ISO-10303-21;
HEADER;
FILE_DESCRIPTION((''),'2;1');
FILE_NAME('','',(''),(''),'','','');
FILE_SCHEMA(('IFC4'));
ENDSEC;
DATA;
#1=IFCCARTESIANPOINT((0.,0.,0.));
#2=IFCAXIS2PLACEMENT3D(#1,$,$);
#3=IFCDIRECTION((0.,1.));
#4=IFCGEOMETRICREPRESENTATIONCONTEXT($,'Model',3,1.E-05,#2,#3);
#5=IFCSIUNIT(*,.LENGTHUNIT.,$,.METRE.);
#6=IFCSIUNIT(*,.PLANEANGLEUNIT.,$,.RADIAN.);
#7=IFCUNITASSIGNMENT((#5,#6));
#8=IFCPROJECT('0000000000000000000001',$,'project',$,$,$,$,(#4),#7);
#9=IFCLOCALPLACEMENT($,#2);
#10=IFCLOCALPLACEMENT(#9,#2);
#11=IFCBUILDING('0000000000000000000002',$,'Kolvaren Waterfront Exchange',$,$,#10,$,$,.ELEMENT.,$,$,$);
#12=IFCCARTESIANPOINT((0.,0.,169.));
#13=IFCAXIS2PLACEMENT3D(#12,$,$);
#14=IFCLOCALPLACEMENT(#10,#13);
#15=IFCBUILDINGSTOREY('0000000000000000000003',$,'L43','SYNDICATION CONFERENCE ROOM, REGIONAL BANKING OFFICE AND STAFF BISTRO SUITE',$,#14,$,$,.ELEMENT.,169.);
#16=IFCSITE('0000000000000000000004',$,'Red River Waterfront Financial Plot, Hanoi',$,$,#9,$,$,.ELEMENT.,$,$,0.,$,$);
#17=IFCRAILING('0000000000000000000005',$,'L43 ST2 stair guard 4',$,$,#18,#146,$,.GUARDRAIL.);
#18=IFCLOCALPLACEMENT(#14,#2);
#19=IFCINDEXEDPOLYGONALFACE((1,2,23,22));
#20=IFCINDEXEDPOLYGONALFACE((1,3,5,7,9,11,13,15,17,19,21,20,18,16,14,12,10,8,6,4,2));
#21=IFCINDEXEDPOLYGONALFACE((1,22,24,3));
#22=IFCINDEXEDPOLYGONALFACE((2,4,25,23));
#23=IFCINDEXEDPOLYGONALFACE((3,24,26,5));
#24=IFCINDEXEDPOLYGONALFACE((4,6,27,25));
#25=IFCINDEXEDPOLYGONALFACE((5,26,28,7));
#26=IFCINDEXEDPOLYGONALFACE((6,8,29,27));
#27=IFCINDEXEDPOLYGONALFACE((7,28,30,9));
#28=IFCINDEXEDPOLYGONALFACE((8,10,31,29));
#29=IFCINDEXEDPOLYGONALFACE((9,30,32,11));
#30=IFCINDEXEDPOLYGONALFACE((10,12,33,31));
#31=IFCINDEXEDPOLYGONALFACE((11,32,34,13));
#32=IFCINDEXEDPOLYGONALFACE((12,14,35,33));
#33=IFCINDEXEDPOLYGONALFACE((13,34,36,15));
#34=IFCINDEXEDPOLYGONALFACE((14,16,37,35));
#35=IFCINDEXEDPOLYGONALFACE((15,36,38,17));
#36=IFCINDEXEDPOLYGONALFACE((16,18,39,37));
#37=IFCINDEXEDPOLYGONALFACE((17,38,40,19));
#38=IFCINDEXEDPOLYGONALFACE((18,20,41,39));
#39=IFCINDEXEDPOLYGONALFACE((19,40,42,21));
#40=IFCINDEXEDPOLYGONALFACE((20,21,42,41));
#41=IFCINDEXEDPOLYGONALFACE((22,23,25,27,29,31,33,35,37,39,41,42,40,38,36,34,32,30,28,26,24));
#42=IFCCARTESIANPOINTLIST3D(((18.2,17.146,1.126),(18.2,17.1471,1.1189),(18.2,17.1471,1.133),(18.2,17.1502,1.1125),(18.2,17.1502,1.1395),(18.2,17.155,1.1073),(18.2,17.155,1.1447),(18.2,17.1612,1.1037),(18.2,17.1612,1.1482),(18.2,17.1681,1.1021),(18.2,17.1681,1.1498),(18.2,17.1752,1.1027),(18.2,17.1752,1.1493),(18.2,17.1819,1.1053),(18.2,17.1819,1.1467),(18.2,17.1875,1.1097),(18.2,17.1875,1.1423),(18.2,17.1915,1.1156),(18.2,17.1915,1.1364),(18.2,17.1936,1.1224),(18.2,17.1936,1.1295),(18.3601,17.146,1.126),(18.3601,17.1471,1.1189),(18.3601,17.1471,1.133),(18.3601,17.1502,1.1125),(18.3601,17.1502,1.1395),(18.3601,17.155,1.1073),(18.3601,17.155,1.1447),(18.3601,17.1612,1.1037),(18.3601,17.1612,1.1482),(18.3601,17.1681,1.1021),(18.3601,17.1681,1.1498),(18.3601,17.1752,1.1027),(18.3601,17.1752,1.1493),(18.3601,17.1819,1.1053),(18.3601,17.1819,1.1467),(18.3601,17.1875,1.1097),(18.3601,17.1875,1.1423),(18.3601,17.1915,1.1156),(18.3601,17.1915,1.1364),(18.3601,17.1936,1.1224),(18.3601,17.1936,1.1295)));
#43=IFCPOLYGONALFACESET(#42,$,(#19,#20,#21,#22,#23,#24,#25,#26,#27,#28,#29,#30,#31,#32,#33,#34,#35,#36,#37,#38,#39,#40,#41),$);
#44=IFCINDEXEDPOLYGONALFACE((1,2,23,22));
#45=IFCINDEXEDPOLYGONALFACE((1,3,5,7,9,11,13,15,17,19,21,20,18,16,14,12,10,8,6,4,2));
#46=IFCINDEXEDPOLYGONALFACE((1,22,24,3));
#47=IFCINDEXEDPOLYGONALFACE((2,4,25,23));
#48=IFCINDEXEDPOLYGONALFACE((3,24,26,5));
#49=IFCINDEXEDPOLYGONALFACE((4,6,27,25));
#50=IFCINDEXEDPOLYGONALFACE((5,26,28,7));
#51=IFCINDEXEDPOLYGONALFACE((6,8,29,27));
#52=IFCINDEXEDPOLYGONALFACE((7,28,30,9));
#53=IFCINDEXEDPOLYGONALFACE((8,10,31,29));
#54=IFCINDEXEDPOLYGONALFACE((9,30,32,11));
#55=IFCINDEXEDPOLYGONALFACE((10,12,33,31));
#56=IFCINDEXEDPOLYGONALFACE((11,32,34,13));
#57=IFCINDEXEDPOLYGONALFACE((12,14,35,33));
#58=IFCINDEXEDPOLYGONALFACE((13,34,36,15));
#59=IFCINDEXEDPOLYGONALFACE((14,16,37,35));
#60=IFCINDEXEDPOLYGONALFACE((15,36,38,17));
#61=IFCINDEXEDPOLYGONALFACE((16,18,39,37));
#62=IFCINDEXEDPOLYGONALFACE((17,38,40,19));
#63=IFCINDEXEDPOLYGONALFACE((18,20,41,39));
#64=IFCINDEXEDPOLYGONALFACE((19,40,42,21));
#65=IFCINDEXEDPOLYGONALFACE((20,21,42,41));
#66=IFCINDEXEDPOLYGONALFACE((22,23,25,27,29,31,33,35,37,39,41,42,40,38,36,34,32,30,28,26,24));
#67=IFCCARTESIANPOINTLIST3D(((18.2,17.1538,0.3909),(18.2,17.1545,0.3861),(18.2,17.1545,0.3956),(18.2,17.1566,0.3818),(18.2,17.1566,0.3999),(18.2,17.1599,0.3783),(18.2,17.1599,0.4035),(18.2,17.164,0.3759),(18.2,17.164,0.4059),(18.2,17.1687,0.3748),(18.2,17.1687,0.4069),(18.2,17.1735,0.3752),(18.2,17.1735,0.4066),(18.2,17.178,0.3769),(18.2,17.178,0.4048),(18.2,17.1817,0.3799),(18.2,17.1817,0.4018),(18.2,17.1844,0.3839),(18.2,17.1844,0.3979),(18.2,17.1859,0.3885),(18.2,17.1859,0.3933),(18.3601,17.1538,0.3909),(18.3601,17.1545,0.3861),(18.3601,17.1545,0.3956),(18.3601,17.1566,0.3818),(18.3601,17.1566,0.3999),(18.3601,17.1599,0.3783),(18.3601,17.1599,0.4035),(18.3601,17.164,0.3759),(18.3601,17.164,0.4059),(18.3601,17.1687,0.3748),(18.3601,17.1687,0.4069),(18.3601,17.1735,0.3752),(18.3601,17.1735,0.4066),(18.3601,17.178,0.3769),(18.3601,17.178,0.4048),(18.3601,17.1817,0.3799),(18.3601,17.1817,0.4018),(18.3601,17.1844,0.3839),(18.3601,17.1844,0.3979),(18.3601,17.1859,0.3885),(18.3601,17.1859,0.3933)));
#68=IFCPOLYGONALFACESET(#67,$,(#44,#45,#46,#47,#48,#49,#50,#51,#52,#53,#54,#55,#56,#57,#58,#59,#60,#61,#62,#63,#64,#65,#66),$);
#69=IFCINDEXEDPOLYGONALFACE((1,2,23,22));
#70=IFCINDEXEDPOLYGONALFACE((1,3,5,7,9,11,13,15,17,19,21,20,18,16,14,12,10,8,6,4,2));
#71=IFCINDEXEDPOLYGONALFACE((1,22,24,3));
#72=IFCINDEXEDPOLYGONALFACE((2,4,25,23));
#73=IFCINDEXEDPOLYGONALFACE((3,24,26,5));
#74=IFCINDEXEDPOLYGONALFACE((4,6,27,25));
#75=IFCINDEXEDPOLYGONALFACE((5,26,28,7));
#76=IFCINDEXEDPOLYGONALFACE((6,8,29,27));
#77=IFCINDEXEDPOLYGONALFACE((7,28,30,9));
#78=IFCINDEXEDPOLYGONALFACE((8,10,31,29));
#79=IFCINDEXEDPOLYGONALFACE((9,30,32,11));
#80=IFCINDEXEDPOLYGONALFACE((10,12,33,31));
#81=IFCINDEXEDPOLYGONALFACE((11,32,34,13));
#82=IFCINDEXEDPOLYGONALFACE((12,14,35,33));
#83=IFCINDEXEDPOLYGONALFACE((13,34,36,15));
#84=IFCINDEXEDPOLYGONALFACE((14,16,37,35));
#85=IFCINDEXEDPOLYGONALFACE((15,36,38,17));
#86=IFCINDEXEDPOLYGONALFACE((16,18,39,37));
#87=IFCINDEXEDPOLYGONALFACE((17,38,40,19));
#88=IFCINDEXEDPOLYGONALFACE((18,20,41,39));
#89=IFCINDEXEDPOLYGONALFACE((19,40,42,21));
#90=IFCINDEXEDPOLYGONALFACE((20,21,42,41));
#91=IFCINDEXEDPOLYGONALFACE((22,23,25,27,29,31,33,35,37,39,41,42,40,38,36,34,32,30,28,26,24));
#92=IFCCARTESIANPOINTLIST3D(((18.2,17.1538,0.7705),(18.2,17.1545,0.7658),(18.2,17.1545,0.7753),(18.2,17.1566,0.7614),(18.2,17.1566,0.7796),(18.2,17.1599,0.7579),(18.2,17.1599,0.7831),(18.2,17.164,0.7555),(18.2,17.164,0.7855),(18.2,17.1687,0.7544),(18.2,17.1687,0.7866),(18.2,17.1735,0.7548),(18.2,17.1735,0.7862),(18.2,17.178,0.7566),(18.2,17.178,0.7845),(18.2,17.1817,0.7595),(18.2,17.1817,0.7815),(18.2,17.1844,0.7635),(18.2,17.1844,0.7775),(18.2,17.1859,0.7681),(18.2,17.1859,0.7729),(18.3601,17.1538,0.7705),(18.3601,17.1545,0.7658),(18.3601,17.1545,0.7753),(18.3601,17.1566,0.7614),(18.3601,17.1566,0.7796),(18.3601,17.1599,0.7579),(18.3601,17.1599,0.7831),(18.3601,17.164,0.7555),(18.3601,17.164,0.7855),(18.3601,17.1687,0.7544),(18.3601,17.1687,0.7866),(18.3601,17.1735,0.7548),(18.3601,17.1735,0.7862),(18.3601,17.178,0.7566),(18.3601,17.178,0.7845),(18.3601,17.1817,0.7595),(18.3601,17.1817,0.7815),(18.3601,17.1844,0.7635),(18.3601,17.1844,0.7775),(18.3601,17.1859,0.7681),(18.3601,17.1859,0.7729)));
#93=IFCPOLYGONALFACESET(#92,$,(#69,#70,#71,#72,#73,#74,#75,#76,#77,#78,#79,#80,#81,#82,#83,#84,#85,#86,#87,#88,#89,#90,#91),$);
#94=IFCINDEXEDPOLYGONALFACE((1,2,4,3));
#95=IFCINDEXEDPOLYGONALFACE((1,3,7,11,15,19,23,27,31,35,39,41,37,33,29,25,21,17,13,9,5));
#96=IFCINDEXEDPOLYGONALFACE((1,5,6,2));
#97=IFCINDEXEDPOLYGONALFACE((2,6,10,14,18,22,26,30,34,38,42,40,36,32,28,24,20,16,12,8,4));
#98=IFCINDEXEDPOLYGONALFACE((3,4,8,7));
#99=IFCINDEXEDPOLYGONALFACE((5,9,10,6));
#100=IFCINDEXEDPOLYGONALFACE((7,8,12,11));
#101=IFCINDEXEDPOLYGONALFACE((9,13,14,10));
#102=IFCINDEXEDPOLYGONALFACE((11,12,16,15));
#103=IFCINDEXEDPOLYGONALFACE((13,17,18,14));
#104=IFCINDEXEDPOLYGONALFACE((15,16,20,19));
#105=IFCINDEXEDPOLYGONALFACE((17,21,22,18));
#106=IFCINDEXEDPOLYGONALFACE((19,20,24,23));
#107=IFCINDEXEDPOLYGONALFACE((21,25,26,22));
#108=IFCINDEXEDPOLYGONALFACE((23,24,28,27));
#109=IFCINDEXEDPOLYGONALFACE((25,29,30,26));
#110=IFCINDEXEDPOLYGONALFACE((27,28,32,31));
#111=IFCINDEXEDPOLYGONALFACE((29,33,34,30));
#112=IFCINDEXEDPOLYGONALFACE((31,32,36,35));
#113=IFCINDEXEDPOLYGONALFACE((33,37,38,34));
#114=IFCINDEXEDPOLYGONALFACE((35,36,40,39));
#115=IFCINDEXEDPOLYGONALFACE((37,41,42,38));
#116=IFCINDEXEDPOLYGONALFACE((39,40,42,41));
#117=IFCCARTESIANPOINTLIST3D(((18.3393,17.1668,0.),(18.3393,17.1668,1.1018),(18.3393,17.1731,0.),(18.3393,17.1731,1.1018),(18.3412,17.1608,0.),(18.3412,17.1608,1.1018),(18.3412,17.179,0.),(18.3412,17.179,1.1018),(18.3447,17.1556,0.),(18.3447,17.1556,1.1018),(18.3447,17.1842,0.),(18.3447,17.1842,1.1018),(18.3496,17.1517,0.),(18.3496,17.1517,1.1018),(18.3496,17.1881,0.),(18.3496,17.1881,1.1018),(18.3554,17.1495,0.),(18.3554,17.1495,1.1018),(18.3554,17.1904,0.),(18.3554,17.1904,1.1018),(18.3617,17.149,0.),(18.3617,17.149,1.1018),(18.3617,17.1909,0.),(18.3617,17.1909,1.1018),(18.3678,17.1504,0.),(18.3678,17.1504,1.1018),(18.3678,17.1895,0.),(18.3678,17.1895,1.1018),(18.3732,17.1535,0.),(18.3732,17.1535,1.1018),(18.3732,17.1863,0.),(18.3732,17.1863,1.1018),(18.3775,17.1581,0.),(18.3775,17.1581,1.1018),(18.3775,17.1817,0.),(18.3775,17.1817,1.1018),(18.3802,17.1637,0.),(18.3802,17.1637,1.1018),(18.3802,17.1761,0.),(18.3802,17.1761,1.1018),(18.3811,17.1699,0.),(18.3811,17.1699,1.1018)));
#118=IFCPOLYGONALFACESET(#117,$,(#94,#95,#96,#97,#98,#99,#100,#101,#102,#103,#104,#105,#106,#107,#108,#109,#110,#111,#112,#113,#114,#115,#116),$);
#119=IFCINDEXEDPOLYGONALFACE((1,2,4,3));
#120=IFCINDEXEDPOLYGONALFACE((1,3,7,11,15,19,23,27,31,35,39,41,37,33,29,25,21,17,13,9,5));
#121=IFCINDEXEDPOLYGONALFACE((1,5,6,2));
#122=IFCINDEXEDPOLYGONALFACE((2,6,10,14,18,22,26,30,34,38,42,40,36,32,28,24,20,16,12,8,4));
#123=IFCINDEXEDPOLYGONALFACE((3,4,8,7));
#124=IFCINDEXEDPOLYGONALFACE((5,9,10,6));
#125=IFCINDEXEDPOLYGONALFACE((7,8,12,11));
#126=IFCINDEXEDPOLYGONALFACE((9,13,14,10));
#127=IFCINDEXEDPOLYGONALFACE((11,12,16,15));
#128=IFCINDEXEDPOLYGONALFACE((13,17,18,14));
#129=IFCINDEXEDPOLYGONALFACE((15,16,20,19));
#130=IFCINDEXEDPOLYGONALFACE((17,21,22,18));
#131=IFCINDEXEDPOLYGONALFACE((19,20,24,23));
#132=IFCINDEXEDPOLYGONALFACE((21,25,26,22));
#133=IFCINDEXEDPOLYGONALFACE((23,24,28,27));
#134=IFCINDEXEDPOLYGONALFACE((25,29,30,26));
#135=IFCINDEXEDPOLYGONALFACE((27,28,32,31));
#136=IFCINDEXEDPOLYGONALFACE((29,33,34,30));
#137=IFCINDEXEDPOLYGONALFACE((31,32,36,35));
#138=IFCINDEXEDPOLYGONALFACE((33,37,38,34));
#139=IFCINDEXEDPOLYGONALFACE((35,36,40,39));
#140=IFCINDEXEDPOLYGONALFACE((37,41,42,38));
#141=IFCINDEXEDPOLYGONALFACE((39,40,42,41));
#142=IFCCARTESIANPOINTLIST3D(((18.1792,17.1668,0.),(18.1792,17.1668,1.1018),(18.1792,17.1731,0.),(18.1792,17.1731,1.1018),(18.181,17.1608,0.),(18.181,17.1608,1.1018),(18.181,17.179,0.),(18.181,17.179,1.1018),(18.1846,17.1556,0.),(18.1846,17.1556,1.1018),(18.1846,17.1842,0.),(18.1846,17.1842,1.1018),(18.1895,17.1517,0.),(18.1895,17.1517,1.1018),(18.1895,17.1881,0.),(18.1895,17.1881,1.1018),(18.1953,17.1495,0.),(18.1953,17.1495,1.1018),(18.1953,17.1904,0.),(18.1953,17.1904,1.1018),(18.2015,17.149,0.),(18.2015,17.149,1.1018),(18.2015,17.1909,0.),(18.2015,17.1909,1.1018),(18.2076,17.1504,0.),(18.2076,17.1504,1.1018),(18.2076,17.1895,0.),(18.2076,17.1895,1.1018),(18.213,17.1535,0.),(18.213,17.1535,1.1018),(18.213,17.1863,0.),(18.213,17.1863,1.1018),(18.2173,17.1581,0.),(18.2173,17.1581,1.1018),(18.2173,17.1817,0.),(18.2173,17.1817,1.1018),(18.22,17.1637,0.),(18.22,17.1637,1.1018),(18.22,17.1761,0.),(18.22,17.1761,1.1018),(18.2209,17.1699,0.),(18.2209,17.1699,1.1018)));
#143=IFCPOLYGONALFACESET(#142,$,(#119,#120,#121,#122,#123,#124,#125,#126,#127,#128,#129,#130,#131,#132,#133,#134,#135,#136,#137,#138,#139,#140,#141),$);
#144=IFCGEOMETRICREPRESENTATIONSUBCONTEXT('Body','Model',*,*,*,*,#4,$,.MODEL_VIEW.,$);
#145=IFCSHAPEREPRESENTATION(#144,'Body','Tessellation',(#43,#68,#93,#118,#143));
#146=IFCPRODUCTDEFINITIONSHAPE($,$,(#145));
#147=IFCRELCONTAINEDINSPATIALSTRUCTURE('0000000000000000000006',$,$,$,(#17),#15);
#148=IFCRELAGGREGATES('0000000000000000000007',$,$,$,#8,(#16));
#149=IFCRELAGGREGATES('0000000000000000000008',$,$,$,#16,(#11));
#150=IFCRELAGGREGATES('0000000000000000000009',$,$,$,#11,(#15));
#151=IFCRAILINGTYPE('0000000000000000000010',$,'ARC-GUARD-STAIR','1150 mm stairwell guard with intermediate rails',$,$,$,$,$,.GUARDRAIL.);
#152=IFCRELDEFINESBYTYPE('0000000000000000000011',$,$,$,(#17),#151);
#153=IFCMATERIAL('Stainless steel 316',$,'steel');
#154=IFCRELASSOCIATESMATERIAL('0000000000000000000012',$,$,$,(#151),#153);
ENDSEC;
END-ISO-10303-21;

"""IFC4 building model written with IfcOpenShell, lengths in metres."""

from ifc_helpers import new_model, si_unit, direction, frame, origin, origin_2d, place, context, subcontext, project, spatial, circle, extrude, material, type_object, element, save


model = new_model("IFC4")

# Units and contexts
model_context = context("Model", 3, precision=1e-05, world=origin(), true_north=direction((0.0, 1.0)))
body_context = subcontext(model_context, "Body", "Model", "MODEL_VIEW")
ifc_project = project(units=[si_unit("LENGTHUNIT", "METRE"), si_unit("PLANEANGLEUNIT", "RADIAN")], contexts=[model_context])

# Site, building, storey
site_placement = place(None, origin())
site = spatial("IfcSite", under=ifc_project, at=site_placement, Name="Red River Waterfront Financial Plot, Hanoi", CompositionType="ELEMENT", RefElevation=0.0)
building_placement = place(site_placement, origin())
building = spatial("IfcBuilding", under=site, at=building_placement, Name="Kolvaren Waterfront Exchange", CompositionType="ELEMENT")
storey_placement = place(building_placement, frame((0.0, 0.0, 169.0)))
storey = spatial("IfcBuildingStorey", under=building, at=storey_placement, Name="L43", Description="SYNDICATION CONFERENCE ROOM, REGIONAL BANKING OFFICE AND STAFF BISTRO SUITE", CompositionType="ELEMENT", Elevation=169.0)

# Railing
ifc_material_1 = material(Name="Stainless steel 316", Category="steel")
railing_type_1 = type_object("IfcRailingType", Name="ARC-GUARD-STAIR", Description="1150 mm stairwell guard with intermediate rails", PredefinedType="GUARDRAIL", material=ifc_material_1)
railing_1_placement = place(storey_placement, frame((18.3601, 17.1699, 0.0)))
element("IfcRailing", 1, at=railing_1_placement, inside=storey, type_object=railing_type_1, Name="L43 ST2 stair guard 4", PredefinedType="GUARDRAIL", context=body_context, shape_type="SweptSolid", body=[
    extrude(circle(Radius=0.0239, at=origin_2d()), frame((0.0, 0.0, 1.126), z_axis=(-1.0, 0.0, 0.0), x_axis=(0.0, -1.0, 0.0)), (0.0, 0.0, 1.0), 0.1602),
    extrude(circle(Radius=0.0161, at=origin_2d()), frame((0.0, 0.0, 0.3909), z_axis=(-1.0, 0.0, 0.0), x_axis=(0.0, -1.0, 0.0)), (0.0, 0.0, 1.0), 0.1602),
    extrude(circle(Radius=0.0161, at=origin_2d()), frame((0.0, 0.0, 0.7705), z_axis=(-1.0, 0.0, 0.0), x_axis=(0.0, -1.0, 0.0)), (0.0, 0.0, 1.0), 0.1602),
    extrude(circle(Radius=0.021, at=origin_2d()), origin(), (0.0, 0.0, 1.0), 1.1018),
    extrude(circle(Radius=0.021, at=origin_2d()), frame((-0.1602, 0.0, 0.0)), (0.0, 0.0, 1.0), 1.1018),
])

save(model, "model.ifc")
